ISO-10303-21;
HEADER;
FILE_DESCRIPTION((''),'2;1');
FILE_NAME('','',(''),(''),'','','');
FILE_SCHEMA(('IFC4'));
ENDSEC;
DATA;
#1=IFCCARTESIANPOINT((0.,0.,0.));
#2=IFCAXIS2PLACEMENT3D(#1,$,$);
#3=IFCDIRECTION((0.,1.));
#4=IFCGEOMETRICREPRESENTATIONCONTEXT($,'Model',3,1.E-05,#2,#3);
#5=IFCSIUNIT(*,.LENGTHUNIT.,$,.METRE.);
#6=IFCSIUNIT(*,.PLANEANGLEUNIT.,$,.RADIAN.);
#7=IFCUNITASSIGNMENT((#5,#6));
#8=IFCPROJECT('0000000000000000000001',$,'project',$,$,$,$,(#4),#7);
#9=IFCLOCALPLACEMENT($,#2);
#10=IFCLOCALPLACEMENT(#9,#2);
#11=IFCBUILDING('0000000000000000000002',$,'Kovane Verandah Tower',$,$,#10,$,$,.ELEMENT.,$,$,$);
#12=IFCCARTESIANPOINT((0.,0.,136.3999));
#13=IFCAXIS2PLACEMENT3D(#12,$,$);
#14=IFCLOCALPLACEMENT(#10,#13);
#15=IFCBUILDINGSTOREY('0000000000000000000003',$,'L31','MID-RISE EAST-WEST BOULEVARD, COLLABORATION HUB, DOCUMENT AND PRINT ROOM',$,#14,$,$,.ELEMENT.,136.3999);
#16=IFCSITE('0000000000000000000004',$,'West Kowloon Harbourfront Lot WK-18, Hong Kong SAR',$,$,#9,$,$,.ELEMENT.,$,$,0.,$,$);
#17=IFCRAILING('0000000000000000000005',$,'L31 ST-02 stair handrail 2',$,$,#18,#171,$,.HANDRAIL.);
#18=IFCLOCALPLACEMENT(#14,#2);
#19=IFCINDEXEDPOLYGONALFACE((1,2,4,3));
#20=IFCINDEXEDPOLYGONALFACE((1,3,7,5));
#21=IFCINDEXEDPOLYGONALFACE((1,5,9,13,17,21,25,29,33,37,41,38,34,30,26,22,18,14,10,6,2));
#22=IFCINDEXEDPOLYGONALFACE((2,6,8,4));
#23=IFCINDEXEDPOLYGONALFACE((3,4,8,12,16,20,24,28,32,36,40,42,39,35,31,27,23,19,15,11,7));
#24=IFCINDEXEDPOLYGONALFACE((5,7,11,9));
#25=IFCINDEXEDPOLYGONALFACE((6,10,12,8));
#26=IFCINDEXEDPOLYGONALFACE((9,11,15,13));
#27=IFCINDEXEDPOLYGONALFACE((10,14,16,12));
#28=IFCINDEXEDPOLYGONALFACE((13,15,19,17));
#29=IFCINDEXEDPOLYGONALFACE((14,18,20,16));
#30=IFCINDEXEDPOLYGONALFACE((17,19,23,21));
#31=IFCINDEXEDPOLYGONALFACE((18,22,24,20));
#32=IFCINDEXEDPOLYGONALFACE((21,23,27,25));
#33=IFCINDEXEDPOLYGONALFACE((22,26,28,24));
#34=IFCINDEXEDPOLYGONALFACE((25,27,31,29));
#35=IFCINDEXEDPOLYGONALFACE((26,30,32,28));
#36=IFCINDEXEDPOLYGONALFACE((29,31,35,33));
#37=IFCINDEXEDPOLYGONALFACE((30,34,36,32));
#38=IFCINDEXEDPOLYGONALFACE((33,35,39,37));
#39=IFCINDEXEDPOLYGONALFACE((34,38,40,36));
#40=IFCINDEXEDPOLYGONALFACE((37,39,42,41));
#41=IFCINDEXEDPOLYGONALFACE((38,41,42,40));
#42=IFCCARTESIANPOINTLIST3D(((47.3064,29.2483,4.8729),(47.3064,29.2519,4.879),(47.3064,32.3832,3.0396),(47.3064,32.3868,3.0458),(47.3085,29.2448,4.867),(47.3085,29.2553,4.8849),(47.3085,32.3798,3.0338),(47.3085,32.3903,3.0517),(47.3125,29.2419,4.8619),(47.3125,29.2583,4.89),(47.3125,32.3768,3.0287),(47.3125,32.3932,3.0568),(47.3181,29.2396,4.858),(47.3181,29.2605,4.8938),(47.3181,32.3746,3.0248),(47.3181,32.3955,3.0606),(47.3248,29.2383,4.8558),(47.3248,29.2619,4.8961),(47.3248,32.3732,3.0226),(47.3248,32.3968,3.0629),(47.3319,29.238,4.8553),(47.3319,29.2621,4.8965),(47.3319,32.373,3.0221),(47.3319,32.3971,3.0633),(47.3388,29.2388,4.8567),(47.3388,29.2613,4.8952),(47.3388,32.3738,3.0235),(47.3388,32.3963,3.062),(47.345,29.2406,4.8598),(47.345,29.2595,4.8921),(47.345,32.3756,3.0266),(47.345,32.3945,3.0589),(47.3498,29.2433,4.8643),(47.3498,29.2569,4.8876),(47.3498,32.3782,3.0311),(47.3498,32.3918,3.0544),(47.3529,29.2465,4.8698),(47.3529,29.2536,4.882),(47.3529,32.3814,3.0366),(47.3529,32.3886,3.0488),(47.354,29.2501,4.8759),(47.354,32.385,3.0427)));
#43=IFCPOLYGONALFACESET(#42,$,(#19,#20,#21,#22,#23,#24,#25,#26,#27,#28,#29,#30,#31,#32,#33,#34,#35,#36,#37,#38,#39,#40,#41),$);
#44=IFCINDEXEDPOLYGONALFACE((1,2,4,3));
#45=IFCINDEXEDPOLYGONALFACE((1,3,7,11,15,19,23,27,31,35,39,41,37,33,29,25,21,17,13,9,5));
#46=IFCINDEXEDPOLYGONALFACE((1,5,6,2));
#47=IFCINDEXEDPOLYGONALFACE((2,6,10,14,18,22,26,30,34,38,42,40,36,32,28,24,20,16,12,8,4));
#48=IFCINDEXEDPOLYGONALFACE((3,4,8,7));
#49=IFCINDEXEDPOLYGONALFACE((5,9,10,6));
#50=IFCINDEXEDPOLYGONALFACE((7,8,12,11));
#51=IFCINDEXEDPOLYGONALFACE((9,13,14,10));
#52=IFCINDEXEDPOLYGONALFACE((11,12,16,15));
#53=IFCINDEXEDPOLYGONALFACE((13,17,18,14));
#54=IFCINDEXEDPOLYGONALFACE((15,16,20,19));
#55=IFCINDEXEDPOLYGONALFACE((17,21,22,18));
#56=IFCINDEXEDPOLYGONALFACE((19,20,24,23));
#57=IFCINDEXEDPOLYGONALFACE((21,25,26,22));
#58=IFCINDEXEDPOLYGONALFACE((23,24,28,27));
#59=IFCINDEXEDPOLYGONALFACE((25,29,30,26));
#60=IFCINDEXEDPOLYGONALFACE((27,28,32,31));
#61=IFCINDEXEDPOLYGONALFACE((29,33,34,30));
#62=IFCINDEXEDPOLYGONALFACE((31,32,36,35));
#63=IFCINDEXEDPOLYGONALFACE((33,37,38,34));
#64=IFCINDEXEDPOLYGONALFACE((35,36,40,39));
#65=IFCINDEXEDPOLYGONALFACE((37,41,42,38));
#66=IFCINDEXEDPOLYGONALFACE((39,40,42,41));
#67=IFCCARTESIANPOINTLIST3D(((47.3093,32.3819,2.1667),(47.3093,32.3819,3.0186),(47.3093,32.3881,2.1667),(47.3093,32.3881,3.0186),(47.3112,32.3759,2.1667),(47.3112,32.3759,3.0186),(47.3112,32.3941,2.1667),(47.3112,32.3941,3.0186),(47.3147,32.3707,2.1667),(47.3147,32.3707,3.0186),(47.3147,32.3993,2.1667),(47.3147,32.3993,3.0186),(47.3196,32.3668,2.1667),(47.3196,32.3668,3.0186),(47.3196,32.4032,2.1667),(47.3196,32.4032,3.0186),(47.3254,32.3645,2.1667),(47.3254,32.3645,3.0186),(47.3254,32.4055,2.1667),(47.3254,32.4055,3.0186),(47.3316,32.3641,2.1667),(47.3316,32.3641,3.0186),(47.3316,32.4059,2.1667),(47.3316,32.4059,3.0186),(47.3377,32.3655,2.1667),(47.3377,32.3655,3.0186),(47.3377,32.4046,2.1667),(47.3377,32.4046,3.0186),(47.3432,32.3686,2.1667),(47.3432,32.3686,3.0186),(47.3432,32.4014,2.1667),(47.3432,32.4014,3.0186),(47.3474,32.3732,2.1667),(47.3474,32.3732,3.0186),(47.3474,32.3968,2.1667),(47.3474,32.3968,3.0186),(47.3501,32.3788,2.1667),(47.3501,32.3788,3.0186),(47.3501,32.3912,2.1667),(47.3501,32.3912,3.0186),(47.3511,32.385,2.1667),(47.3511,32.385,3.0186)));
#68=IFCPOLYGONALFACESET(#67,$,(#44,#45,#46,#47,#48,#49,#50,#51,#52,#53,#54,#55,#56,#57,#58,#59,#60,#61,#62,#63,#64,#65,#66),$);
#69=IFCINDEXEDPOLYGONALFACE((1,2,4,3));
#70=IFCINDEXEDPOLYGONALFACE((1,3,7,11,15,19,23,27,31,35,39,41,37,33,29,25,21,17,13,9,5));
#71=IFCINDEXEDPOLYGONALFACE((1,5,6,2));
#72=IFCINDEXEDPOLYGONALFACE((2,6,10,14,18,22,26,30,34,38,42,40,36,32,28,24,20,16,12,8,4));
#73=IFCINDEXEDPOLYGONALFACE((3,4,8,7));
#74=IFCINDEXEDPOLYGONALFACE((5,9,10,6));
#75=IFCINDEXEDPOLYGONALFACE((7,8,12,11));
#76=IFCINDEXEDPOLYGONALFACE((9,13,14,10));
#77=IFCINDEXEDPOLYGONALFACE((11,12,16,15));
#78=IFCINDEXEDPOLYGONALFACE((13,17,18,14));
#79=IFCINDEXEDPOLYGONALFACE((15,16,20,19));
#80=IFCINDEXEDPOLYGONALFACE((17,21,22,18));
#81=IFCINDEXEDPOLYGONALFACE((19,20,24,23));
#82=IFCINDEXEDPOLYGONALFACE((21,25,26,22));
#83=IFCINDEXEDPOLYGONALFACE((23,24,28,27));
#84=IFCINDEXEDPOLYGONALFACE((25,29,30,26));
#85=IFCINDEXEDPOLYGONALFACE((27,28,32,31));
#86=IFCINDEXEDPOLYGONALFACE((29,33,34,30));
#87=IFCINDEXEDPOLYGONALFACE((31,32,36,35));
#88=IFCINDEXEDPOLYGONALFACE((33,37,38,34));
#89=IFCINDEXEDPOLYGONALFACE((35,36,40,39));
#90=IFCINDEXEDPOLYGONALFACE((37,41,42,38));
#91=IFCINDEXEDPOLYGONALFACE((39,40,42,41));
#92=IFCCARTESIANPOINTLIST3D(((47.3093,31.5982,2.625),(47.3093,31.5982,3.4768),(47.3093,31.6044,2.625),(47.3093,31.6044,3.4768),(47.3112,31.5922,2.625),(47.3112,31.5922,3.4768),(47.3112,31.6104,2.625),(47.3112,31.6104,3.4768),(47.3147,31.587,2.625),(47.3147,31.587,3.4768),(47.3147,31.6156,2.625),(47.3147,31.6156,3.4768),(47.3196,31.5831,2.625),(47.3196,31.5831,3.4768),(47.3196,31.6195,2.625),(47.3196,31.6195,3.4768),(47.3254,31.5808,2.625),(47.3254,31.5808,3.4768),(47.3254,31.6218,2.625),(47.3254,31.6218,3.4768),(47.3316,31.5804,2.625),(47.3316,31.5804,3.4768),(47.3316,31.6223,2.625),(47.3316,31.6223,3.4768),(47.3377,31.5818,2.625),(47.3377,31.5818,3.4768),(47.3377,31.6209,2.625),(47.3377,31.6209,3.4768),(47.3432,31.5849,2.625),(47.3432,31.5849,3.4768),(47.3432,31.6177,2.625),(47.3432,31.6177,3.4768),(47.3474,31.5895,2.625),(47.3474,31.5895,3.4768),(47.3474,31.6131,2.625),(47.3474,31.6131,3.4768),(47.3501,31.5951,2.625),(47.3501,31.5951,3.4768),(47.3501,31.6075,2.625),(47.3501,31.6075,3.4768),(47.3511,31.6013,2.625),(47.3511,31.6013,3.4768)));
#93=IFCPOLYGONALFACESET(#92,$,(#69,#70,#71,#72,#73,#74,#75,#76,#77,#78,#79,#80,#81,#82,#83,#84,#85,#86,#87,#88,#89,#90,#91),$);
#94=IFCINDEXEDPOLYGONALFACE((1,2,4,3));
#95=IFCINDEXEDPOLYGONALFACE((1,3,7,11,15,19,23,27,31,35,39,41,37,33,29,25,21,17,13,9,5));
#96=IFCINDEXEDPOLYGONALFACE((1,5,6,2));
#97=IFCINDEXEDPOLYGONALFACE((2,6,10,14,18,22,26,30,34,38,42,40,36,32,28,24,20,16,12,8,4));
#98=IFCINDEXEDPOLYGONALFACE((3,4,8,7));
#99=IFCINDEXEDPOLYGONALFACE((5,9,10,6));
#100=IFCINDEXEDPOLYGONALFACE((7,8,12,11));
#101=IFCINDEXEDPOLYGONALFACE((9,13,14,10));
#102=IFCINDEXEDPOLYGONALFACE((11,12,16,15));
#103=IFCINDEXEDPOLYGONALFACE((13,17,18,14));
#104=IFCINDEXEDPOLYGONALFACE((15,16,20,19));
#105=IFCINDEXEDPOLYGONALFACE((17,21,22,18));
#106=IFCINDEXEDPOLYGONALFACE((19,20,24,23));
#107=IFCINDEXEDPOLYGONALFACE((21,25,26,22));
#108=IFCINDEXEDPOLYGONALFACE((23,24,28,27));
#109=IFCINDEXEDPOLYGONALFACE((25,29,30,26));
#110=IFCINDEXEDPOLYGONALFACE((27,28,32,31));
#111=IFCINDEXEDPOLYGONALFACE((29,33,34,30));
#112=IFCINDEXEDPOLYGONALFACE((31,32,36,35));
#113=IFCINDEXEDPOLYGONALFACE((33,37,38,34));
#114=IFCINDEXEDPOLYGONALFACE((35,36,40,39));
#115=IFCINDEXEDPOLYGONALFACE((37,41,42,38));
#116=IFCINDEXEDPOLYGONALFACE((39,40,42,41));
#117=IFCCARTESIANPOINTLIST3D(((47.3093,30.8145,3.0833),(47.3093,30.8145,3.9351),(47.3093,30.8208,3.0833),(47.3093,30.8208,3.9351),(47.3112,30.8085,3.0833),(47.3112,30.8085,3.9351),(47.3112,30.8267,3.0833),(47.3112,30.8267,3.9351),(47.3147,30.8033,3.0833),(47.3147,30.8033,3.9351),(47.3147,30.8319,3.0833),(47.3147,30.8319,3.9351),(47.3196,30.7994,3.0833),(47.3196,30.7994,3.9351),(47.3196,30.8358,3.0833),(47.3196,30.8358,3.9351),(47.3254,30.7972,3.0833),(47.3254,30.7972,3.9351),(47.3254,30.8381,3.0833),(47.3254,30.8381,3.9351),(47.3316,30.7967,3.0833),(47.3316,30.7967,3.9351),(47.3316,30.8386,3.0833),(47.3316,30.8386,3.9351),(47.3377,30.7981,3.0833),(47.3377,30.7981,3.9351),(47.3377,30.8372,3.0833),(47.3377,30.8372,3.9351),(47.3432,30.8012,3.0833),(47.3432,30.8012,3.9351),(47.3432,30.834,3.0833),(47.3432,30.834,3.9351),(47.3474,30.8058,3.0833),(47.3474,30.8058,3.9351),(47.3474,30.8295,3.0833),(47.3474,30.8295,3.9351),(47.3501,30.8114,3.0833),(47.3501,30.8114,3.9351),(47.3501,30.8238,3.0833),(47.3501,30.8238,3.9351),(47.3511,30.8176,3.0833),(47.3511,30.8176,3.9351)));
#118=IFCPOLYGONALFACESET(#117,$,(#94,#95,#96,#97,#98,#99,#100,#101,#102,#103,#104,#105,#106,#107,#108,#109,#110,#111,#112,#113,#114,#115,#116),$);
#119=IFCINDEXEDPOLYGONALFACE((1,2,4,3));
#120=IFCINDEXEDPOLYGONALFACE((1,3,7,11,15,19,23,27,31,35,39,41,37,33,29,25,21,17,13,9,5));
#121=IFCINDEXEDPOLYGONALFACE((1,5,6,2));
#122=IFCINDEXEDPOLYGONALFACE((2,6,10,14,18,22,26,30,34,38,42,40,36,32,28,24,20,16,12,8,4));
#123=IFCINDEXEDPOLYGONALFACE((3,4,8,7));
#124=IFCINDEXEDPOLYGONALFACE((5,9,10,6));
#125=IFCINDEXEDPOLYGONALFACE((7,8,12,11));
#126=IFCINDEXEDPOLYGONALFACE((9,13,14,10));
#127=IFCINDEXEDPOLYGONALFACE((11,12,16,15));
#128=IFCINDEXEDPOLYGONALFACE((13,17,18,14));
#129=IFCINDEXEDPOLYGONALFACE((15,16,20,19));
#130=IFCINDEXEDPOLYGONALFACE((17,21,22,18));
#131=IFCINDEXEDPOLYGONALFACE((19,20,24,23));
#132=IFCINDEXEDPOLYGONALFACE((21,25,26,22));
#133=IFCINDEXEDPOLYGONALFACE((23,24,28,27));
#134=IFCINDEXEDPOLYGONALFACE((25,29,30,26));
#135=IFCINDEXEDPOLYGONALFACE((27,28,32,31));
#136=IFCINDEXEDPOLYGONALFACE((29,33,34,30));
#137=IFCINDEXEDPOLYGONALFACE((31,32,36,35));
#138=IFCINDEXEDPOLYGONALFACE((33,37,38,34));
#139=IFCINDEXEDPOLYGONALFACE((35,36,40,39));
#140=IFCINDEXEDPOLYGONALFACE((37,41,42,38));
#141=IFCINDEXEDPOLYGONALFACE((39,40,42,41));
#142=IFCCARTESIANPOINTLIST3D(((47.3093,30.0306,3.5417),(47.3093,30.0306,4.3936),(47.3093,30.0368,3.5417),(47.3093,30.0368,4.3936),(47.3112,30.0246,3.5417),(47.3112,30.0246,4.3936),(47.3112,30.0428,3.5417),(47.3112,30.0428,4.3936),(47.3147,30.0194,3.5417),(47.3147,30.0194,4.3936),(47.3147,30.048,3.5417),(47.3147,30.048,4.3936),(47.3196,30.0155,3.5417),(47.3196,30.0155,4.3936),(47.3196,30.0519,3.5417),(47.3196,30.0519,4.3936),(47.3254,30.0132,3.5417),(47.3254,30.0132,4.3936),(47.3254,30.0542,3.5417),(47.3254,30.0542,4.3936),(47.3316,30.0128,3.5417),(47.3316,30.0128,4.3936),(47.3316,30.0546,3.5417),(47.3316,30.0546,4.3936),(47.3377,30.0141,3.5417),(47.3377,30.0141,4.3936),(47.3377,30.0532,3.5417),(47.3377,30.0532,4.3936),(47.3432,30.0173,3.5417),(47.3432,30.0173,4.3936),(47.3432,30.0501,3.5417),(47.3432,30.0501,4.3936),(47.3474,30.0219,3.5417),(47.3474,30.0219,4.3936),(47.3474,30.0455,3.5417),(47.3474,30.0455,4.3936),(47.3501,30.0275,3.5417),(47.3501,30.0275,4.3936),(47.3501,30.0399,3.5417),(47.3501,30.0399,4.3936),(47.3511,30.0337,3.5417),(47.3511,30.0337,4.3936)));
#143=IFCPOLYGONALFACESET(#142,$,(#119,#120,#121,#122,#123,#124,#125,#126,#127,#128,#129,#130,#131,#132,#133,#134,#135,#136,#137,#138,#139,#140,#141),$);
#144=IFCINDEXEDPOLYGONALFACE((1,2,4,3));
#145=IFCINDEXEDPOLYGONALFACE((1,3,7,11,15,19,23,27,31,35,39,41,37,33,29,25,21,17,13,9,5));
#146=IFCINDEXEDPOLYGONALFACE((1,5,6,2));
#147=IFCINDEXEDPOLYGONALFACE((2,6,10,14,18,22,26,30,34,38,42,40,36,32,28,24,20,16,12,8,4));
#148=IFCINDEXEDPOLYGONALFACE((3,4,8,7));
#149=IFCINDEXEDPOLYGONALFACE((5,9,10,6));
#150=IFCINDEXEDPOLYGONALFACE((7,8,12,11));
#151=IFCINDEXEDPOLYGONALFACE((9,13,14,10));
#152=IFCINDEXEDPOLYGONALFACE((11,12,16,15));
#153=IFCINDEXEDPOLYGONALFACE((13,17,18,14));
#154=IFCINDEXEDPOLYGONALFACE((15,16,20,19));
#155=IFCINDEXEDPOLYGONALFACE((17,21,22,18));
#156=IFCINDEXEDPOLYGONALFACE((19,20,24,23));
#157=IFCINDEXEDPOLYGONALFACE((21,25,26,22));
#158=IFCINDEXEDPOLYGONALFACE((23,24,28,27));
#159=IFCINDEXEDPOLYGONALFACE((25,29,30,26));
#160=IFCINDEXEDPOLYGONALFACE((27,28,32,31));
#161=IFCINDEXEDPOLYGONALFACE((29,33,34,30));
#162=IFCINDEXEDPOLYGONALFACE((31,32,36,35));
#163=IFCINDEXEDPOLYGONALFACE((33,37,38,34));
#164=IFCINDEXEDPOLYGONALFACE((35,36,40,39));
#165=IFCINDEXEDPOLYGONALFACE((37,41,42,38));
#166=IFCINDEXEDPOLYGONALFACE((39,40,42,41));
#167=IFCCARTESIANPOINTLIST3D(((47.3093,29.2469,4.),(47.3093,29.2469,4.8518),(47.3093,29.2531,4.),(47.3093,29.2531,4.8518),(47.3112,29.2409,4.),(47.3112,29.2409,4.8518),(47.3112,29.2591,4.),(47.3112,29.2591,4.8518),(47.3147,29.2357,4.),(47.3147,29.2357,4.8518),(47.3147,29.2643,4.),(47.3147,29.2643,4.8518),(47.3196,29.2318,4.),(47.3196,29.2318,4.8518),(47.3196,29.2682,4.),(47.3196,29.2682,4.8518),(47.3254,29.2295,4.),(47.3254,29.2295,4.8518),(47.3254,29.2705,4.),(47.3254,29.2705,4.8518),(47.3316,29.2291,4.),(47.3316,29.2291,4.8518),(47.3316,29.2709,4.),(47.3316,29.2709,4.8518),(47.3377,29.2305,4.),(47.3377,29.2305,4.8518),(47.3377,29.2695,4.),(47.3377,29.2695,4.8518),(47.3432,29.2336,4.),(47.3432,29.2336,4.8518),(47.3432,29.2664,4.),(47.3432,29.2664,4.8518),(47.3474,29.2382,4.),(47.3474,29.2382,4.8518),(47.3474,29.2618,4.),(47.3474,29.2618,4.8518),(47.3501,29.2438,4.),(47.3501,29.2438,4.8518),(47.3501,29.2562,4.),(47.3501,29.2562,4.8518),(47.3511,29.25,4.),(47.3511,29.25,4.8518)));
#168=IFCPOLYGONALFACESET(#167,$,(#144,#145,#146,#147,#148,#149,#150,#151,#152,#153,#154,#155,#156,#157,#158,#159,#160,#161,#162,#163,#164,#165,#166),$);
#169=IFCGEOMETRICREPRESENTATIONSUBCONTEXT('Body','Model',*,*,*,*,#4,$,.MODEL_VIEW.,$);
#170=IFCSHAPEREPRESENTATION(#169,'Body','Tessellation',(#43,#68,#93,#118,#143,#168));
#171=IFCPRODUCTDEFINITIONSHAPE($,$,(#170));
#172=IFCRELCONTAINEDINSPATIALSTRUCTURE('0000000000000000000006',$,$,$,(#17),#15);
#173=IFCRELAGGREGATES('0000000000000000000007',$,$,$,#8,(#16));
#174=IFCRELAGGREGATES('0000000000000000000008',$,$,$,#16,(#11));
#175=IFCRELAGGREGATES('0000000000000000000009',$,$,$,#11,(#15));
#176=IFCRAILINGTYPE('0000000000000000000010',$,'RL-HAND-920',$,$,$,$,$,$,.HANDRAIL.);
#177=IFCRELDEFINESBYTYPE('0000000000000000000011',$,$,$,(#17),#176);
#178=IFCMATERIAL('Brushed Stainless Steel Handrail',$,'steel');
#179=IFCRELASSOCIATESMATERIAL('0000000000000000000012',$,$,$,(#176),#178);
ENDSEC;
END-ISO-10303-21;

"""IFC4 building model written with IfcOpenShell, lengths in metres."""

from ifc_helpers import new_model, si_unit, direction, frame, origin, origin_2d, place, context, subcontext, project, spatial, circle, extrude, material, type_object, element, save


model = new_model("IFC4")

# Units and contexts
model_context = context("Model", 3, precision=1e-05, world=origin(), true_north=direction((0.0, 1.0)))
body_context = subcontext(model_context, "Body", "Model", "MODEL_VIEW")
ifc_project = project(units=[si_unit("LENGTHUNIT", "METRE"), si_unit("PLANEANGLEUNIT", "RADIAN")], contexts=[model_context])

# Site, building, storey
site_placement = place(None, origin())
site = spatial("IfcSite", under=ifc_project, at=site_placement, Name="West Kowloon Harbourfront Lot WK-18, Hong Kong SAR", CompositionType="ELEMENT", RefElevation=0.0)
building_placement = place(site_placement, origin())
building = spatial("IfcBuilding", under=site, at=building_placement, Name="Kovane Verandah Tower", CompositionType="ELEMENT")
storey_placement = place(building_placement, frame((0.0, 0.0, 136.3999)))
storey = spatial("IfcBuildingStorey", under=building, at=storey_placement, Name="L31", Description="MID-RISE EAST-WEST BOULEVARD, COLLABORATION HUB, DOCUMENT AND PRINT ROOM", CompositionType="ELEMENT", Elevation=136.3999)

# Railing
ifc_material_1 = material(Name="Brushed Stainless Steel Handrail", Category="steel")
railing_type_1 = type_object("IfcRailingType", Name="RL-HAND-920", PredefinedType="HANDRAIL", material=ifc_material_1)
railing_1_placement = place(storey_placement, frame((47.3301, 32.385, 2.1667)))
element("IfcRailing", 1, at=railing_1_placement, inside=storey, type_object=railing_type_1, Name="L31 ST-02 stair handrail 2", PredefinedType="HANDRAIL", context=body_context, shape_type="SweptSolid", body=[
    extrude(circle(Radius=0.0239, at=origin_2d()), frame((0.0, 0.0, 0.876), z_axis=(0.0, -0.86324, 0.504794), x_axis=(1.0, 0.0, 0.0)), (0.0, 0.0, 1.0), 3.6316),
    extrude(circle(Radius=0.021, at=origin_2d()), origin(), (0.0, 0.0, 1.0), 0.8518),
    extrude(circle(Radius=0.021, at=origin_2d()), frame((0.0, -0.7837, 0.4583)), (0.0, 0.0, 1.0), 0.8518),
    extrude(circle(Radius=0.021, at=origin_2d()), frame((0.0, -1.5674, 0.9165)), (0.0, 0.0, 1.0), 0.8518),
    extrude(circle(Radius=0.021, at=origin_2d()), frame((0.0, -2.3513, 1.375)), (0.0, 0.0, 1.0), 0.8518),
    extrude(circle(Radius=0.021, at=origin_2d()), frame((0.0, -3.135, 1.8333)), (0.0, 0.0, 1.0), 0.8518),
])

save(model, "model.ifc")
